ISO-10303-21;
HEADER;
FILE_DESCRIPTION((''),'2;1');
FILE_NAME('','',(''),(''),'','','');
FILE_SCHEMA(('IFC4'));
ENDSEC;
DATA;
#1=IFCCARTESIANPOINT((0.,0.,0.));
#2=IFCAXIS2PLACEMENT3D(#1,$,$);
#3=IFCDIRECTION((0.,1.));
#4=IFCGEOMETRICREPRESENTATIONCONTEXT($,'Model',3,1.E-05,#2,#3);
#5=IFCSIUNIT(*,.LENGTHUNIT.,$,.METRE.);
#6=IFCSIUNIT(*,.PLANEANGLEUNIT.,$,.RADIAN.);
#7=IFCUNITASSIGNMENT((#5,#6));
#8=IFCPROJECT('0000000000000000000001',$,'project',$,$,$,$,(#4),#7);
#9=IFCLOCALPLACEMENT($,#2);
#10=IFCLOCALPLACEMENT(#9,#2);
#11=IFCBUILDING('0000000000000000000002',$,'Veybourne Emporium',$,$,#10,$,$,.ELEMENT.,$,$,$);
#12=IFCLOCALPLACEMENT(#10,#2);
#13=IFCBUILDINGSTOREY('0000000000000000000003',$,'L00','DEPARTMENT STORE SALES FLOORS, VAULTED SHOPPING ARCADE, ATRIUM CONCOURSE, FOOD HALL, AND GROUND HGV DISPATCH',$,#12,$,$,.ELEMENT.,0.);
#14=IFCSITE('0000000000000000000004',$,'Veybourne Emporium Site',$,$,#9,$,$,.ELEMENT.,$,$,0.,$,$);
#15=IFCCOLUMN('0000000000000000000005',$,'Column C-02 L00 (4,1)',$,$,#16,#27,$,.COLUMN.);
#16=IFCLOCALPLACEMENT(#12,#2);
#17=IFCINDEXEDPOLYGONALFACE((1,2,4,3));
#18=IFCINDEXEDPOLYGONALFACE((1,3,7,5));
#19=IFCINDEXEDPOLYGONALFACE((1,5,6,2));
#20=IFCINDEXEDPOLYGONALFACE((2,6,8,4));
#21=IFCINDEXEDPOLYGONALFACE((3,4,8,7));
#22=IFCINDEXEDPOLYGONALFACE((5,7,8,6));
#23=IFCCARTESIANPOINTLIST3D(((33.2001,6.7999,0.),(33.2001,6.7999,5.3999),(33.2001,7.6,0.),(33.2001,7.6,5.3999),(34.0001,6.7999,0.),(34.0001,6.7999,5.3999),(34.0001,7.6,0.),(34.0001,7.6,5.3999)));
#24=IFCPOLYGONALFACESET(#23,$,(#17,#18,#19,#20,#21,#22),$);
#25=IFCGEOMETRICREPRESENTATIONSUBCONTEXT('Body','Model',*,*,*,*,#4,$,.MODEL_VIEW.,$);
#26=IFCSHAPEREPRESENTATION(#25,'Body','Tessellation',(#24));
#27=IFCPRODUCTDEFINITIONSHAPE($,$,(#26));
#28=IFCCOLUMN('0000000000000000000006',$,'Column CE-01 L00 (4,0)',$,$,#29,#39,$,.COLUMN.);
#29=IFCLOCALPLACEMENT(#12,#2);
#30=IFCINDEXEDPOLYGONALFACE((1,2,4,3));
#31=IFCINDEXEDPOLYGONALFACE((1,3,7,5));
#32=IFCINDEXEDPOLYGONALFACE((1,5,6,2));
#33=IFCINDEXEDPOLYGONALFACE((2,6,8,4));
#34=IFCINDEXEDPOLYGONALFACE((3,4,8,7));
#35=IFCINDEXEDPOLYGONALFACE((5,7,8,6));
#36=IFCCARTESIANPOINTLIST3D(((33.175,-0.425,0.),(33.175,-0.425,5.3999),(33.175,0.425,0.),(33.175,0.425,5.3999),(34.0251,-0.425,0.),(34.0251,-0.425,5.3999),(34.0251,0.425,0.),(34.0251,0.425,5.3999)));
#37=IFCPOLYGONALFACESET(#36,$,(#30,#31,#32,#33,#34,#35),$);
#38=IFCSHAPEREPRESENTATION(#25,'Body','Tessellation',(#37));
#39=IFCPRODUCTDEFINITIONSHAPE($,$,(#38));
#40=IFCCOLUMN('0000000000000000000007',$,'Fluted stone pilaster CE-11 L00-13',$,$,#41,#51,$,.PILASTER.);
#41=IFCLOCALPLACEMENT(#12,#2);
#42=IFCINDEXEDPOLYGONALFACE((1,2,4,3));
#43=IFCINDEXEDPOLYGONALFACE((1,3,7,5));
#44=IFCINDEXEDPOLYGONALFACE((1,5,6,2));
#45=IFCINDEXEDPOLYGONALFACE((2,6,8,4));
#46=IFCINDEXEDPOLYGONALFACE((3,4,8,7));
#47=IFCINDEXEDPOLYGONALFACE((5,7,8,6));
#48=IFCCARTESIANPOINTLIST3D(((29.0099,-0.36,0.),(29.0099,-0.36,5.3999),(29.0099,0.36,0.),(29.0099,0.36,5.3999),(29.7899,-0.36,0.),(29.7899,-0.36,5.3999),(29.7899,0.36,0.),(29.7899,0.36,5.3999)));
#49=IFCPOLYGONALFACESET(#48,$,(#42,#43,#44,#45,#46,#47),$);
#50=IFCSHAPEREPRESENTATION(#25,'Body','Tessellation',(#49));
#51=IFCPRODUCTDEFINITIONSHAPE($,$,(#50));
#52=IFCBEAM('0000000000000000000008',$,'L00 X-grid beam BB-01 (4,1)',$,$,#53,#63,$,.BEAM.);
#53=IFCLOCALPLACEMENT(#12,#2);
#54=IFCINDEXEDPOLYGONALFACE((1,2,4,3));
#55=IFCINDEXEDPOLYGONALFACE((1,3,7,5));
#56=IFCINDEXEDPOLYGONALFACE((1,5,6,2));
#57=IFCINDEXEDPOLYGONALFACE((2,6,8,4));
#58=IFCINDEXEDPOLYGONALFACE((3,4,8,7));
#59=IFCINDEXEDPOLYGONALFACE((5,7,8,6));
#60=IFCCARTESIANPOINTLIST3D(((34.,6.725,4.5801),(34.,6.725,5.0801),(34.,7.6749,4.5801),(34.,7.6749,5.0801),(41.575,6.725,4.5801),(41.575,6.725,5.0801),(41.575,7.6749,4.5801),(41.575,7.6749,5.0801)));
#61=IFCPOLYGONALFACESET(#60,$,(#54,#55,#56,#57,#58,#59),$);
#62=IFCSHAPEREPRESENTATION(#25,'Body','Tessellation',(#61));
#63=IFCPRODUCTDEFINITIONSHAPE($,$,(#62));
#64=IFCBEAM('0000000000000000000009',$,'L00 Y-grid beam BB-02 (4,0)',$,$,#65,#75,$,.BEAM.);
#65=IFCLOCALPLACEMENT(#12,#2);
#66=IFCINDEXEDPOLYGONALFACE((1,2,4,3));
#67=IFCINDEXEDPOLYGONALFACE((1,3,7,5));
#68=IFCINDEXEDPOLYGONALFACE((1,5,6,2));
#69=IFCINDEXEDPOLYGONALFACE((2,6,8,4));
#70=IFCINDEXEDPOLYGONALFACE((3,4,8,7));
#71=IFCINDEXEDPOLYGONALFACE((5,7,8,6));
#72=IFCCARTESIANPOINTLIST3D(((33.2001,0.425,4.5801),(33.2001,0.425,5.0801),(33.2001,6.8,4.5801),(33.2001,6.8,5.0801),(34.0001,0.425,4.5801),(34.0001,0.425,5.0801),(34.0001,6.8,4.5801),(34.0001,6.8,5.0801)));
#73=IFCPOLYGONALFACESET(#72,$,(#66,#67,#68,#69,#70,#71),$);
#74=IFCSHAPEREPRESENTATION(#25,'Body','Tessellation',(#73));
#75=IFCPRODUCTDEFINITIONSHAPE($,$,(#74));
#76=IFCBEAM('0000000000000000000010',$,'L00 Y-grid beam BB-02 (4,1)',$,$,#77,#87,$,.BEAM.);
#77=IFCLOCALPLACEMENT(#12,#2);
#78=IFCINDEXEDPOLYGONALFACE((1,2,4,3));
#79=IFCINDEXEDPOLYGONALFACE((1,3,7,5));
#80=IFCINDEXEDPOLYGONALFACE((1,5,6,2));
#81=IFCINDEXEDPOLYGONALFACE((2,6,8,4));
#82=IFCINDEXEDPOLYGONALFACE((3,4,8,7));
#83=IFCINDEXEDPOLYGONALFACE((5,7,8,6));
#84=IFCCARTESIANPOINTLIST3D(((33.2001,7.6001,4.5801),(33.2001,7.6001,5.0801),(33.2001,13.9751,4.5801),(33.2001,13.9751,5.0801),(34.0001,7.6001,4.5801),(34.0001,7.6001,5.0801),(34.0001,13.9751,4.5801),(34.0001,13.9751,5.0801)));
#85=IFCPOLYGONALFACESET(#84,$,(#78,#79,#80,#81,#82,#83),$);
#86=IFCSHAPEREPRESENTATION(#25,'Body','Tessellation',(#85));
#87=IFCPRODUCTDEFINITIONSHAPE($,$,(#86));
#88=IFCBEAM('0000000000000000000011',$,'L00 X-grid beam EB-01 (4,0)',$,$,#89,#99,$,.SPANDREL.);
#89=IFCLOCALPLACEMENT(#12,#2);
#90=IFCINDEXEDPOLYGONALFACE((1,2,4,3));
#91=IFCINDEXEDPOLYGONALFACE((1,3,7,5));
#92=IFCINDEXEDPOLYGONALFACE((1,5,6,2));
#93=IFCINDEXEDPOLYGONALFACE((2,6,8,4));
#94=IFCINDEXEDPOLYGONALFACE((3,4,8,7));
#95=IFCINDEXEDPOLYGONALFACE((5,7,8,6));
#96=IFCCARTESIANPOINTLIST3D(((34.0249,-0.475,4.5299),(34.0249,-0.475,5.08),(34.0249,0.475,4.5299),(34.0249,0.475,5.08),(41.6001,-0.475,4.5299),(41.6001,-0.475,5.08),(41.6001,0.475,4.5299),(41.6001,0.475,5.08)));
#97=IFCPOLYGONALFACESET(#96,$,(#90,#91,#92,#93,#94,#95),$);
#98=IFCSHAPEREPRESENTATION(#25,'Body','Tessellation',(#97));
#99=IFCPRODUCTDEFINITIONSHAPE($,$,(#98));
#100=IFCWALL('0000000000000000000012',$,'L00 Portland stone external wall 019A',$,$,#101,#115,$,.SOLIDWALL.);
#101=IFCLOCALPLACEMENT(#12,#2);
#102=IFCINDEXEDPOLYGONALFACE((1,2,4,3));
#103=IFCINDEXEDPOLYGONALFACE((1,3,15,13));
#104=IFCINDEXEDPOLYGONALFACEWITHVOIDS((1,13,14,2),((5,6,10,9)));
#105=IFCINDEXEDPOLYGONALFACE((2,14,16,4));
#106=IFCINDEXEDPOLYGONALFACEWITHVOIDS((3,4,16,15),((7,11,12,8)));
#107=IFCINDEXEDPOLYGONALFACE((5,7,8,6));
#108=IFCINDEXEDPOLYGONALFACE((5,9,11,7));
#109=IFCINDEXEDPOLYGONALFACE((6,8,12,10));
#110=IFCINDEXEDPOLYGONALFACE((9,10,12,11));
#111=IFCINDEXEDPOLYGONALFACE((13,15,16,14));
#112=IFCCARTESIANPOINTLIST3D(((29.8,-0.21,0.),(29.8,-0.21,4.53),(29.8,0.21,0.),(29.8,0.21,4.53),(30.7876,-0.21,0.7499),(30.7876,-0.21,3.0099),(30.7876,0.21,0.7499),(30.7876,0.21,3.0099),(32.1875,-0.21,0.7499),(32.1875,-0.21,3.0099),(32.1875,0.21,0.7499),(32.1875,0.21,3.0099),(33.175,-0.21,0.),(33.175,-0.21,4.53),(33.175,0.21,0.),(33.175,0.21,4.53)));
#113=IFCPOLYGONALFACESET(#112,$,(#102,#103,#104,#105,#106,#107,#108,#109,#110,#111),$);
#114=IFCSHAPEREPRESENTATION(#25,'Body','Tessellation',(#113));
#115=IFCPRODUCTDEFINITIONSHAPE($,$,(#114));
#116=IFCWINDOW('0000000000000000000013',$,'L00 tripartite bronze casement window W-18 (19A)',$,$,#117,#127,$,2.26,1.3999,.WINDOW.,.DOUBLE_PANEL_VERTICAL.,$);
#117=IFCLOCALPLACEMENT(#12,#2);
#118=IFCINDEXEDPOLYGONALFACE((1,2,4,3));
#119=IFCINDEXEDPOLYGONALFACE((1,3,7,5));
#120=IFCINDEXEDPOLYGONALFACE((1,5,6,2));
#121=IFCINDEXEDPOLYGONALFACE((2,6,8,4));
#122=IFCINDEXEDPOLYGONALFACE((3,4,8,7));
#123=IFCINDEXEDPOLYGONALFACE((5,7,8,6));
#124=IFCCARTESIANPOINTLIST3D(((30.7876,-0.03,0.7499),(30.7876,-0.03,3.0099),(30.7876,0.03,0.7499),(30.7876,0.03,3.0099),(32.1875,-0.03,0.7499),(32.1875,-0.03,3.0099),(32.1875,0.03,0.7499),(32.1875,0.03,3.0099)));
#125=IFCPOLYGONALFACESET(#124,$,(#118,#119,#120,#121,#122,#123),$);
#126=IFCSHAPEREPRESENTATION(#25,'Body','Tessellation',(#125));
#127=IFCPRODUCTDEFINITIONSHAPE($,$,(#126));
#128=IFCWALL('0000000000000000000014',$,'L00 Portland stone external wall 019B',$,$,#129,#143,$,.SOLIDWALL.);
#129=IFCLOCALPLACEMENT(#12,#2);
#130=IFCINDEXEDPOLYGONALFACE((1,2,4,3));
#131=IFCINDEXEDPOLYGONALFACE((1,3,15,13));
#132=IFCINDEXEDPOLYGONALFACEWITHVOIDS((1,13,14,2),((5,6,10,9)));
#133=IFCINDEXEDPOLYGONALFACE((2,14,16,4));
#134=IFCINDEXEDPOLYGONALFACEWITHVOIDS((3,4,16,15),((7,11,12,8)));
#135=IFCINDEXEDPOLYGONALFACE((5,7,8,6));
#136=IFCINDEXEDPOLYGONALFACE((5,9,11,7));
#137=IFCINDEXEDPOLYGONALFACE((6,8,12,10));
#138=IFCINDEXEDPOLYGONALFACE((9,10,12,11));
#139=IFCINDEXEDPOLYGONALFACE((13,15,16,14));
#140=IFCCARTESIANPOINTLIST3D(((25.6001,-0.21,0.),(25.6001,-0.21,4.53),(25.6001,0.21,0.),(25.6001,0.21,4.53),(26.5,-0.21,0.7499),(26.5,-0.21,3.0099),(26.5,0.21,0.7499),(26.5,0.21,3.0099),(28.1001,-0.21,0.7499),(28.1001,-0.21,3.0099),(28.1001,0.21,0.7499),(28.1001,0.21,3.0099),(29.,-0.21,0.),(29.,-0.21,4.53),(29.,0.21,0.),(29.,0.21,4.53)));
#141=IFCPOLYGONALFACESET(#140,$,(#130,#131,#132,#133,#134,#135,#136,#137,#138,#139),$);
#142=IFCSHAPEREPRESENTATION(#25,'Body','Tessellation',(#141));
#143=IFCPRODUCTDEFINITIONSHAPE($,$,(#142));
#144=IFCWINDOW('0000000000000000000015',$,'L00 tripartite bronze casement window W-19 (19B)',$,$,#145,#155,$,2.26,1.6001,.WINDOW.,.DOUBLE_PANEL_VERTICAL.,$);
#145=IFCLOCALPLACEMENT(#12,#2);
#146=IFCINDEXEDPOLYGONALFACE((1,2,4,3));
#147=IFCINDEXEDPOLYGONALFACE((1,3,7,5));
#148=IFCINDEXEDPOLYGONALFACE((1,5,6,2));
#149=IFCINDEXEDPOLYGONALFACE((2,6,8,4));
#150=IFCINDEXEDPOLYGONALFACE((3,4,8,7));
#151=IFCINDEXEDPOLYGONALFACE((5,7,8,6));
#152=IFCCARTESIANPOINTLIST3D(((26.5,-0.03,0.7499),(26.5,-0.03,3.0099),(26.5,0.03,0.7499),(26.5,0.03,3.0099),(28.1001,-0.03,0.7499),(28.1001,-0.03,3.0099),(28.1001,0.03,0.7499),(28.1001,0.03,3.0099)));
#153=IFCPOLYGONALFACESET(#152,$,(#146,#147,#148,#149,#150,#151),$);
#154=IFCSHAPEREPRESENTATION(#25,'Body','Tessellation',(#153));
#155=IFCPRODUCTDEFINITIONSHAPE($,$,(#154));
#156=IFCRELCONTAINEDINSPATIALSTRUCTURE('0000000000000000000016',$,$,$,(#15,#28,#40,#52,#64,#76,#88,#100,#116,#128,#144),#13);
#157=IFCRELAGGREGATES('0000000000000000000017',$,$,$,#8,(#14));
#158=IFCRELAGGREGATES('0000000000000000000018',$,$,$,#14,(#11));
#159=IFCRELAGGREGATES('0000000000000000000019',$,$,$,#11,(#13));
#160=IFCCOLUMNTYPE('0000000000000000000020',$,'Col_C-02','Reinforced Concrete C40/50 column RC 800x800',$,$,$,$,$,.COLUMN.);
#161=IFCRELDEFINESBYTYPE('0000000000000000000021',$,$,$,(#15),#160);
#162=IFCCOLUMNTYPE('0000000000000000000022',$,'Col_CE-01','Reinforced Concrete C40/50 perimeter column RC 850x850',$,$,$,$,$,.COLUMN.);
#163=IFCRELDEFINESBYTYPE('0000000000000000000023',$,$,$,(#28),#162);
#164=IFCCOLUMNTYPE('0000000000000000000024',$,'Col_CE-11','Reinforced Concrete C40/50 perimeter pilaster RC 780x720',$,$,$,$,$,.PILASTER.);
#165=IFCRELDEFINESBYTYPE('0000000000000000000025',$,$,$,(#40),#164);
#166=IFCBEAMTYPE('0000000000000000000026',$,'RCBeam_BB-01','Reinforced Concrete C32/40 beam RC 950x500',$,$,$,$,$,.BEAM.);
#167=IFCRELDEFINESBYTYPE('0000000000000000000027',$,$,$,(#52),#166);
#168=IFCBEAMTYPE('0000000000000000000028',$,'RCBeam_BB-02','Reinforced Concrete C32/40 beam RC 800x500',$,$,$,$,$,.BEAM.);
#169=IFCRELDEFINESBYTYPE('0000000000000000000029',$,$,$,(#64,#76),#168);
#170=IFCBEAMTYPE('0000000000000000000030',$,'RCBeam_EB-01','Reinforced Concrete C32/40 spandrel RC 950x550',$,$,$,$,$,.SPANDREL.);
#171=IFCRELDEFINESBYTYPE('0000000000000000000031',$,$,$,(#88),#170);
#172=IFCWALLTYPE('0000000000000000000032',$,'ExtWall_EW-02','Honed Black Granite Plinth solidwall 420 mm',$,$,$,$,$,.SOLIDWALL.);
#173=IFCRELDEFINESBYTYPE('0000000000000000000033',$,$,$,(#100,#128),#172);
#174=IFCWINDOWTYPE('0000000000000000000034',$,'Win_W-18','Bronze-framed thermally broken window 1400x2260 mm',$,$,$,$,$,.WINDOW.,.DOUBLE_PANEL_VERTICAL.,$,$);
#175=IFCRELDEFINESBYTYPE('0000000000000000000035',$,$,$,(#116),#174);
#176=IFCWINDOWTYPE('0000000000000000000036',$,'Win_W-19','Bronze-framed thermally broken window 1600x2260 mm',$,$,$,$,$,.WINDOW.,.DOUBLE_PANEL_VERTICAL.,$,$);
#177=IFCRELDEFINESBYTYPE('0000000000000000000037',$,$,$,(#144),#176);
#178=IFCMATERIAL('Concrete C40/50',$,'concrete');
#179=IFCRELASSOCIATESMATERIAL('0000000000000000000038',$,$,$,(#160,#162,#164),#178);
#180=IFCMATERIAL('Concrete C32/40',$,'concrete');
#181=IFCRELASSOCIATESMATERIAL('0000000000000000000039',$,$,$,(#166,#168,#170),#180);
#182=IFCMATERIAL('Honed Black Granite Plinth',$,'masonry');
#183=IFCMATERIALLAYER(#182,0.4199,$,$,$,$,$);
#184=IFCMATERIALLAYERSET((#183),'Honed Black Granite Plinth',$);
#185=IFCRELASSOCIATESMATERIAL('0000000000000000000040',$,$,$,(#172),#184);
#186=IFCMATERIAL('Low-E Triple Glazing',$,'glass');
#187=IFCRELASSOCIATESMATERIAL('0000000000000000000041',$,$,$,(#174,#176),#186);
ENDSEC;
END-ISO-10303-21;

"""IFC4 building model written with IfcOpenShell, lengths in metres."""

from ifc_helpers import new_model, si_unit, direction, frame, frame_2d, origin, origin_2d, place, context, subcontext, project, spatial, rectangle, extrude, material, layer, layer_set, material_profile, profile_set, type_object, element, fill, save


model = new_model("IFC4")

# Units and contexts
model_context = context("Model", 3, precision=1e-05, world=origin(), true_north=direction((0.0, 1.0)))
body_context = subcontext(model_context, "Body", "Model", "MODEL_VIEW")
ifc_project = project(units=[si_unit("LENGTHUNIT", "METRE"), si_unit("PLANEANGLEUNIT", "RADIAN")], contexts=[model_context])

# Site, building, storey
site_placement = place(None, origin())
site = spatial("IfcSite", under=ifc_project, at=site_placement, Name="Veybourne Emporium Site", CompositionType="ELEMENT", RefElevation=0.0)
building_placement = place(site_placement, origin())
building = spatial("IfcBuilding", under=site, at=building_placement, Name="Veybourne Emporium", CompositionType="ELEMENT")
storey_placement = place(building_placement, origin())
storey = spatial("IfcBuildingStorey", under=building, at=storey_placement, Name="L00", Description="DEPARTMENT STORE SALES FLOORS, VAULTED SHOPPING ARCADE, ATRIUM CONCOURSE, FOOD HALL, AND GROUND HGV DISPATCH", CompositionType="ELEMENT", Elevation=0.0)

# Columns
ifc_material_1 = material(Name="Concrete C40/50", Category="concrete")
ifc_material_profile_1 = material_profile(ifc_material_1, rectangle(XDim=0.8, YDim=0.8, at=origin_2d()), Name="RC 800x800")
ifc_profile_set_1 = profile_set([ifc_material_profile_1], Name="Concrete C40/50")
column_type_1 = type_object("IfcColumnType", Name="Col_C-02", Description="Reinforced Concrete C40/50 column RC 800x800", PredefinedType="COLUMN", material=ifc_profile_set_1)
column_1_placement = place(storey_placement, frame((33.6001, 7.2, 0.0), z_axis=(0.0, 0.0, 1.0), x_axis=(1.0, 0.0, 0.0)))
element("IfcColumn", 1, at=column_1_placement, inside=storey, type_object=column_type_1, Name="Column C-02 L00 (4,1)", PredefinedType="COLUMN", context=body_context, shape_type="SweptSolid", body=[
    extrude(rectangle(XDim=0.8, YDim=0.8, at=origin_2d()), origin(), (0.0, 0.0, 1.0), 5.3999),
])
ifc_material_profile_2 = material_profile(ifc_material_1, rectangle(XDim=0.8501, YDim=0.8501, at=origin_2d()), Name="RC 850x850")
ifc_profile_set_2 = profile_set([ifc_material_profile_2], Name="Concrete C40/50")
column_type_2 = type_object("IfcColumnType", Name="Col_CE-01", Description="Reinforced Concrete C40/50 perimeter column RC 850x850", PredefinedType="COLUMN", material=ifc_profile_set_2)
column_2_placement = place(storey_placement, frame((33.6001, 0.0, 0.0), z_axis=(0.0, 0.0, 1.0), x_axis=(1.0, 0.0, 0.0)))
element("IfcColumn", 2, at=column_2_placement, inside=storey, type_object=column_type_2, Name="Column CE-01 L00 (4,0)", PredefinedType="COLUMN", context=body_context, shape_type="SweptSolid", body=[
    extrude(rectangle(XDim=0.8501, YDim=0.8501, at=origin_2d()), origin(), (0.0, 0.0, 1.0), 5.3999),
])
ifc_material_profile_3 = material_profile(ifc_material_1, rectangle(XDim=0.78, YDim=0.72, at=origin_2d()), Name="RC 780x720")
ifc_profile_set_3 = profile_set([ifc_material_profile_3], Name="Concrete C40/50")
column_type_3 = type_object("IfcColumnType", Name="Col_CE-11", Description="Reinforced Concrete C40/50 perimeter pilaster RC 780x720", PredefinedType="PILASTER", material=ifc_profile_set_3)
column_3_placement = place(storey_placement, frame((29.3999, 0.0, 0.0), z_axis=(0.0, 0.0, 1.0), x_axis=(1.0, 0.0, 0.0)))
element("IfcColumn", 3, at=column_3_placement, inside=storey, type_object=column_type_3, Name="Fluted stone pilaster CE-11 L00-13", PredefinedType="PILASTER", context=body_context, shape_type="SweptSolid", body=[
    extrude(rectangle(XDim=0.78, YDim=0.72, at=origin_2d()), origin(), (0.0, 0.0, 1.0), 5.3999),
])

# Beams
ifc_material_2 = material(Name="Concrete C32/40", Category="concrete")
ifc_material_profile_4 = material_profile(ifc_material_2, rectangle(XDim=0.95, YDim=0.5, at=origin_2d()), Name="RC 950x500")
ifc_profile_set_4 = profile_set([ifc_material_profile_4], Name="Concrete C32/40")
beam_type_1 = type_object("IfcBeamType", Name="RCBeam_BB-01", Description="Reinforced Concrete C32/40 beam RC 950x500", PredefinedType="BEAM", material=ifc_profile_set_4)
beam_1_placement = place(storey_placement, frame((34.0, 7.2, 4.8301), z_axis=(1.0, 0.0, 0.0), x_axis=(0.0, 1.0, 0.0)))
element("IfcBeam", 4, at=beam_1_placement, inside=storey, type_object=beam_type_1, Name="L00 X-grid beam BB-01 (4,1)", PredefinedType="BEAM", context=body_context, shape_type="SweptSolid", body=[
    extrude(rectangle(XDim=0.95, YDim=0.5, at=origin_2d()), origin(), (0.0, 0.0, 1.0), 7.575),
])
ifc_material_profile_5 = material_profile(ifc_material_2, rectangle(XDim=0.8, YDim=0.5, at=origin_2d()), Name="RC 800x500")
ifc_profile_set_5 = profile_set([ifc_material_profile_5], Name="Concrete C32/40")
beam_type_2 = type_object("IfcBeamType", Name="RCBeam_BB-02", Description="Reinforced Concrete C32/40 beam RC 800x500", PredefinedType="BEAM", material=ifc_profile_set_5)
for number, where, z_axis, x_axis, name in (
    (5, (33.6001, 0.425, 4.8301), (0.0, 1.0, 0.0), (-1.0, 0.0, 0.0), "L00 Y-grid beam BB-02 (4,0)"),
    (6, (33.6001, 7.6001, 4.8301), (0.0, 1.0, 0.0), (-1.0, 0.0, 0.0), "L00 Y-grid beam BB-02 (4,1)"),
):
    element("IfcBeam", number, at=place(storey_placement, frame(where, z_axis=z_axis, x_axis=x_axis)), inside=storey, type_object=beam_type_2, Name=name, PredefinedType="BEAM", context=body_context, shape_type="SweptSolid", body=[
        extrude(rectangle(XDim=0.8, YDim=0.5, at=origin_2d()), origin(), (0.0, 0.0, 1.0), 6.375),
    ])
ifc_material_profile_6 = material_profile(ifc_material_2, rectangle(XDim=0.95, YDim=0.55, at=origin_2d()), Name="RC 950x550")
ifc_profile_set_6 = profile_set([ifc_material_profile_6], Name="Concrete C32/40")
beam_type_3 = type_object("IfcBeamType", Name="RCBeam_EB-01", Description="Reinforced Concrete C32/40 spandrel RC 950x550", PredefinedType="SPANDREL", material=ifc_profile_set_6)
beam_2_placement = place(storey_placement, frame((34.0249, 0.0, 4.8049), z_axis=(1.0, 0.0, 0.0), x_axis=(0.0, 1.0, 0.0)))
element("IfcBeam", 7, at=beam_2_placement, inside=storey, type_object=beam_type_3, Name="L00 X-grid beam EB-01 (4,0)", PredefinedType="SPANDREL", context=body_context, shape_type="SweptSolid", body=[
    extrude(rectangle(XDim=0.95, YDim=0.55, at=origin_2d()), origin(), (0.0, 0.0, 1.0), 7.5752),
])

# Walls, openings, windows
ifc_material_3 = material(Name="Honed Black Granite Plinth", Category="masonry")
ifc_layer_1 = layer(ifc_material_3, 0.4199)
ifc_layer_set_1 = layer_set([ifc_layer_1], Name="Honed Black Granite Plinth")
wall_type_1 = type_object("IfcWallType", Name="ExtWall_EW-02", Description="Honed Black Granite Plinth solidwall 420 mm", PredefinedType="SOLIDWALL", material=ifc_layer_set_1)
wall_1_placement = place(storey_placement, frame((33.175, 0.0, 0.0), z_axis=(0.0, 0.0, 1.0), x_axis=(-1.0, 0.0, 0.0)))
wall_1 = element("IfcWall", 8, at=wall_1_placement, inside=storey, type_object=wall_type_1, Name="L00 Portland stone external wall 019A", PredefinedType="SOLIDWALL", context=body_context, shape_type="SweptSolid", body=[
    extrude(rectangle(XDim=3.375, YDim=0.4199, at=frame_2d((1.6875, 0.0))), origin(), (0.0, 0.0, 1.0), 4.53),
])
opening_1_placement = place(wall_1_placement, frame((0.9875, 0.0, 0.75)))
opening_1 = element("IfcOpeningElement", 9, at=opening_1_placement, cuts=wall_1, PredefinedType="OPENING", context=body_context, shape_type="SweptSolid", body=[
    extrude(rectangle(XDim=1.3999, YDim=2.26, at=frame_2d((0.7, 1.1299))), frame((0.0, 0.23, 0.0), z_axis=(0.0, -1.0, 0.0), x_axis=(1.0, 0.0, 0.0)), (0.0, 0.0, 1.0), 0.46),
])
ifc_material_4 = material(Name="Low-E Triple Glazing", Category="glass")
window_type_1 = type_object("IfcWindowType", Name="Win_W-18", Description="Bronze-framed thermally broken window 1400x2260 mm", PartitioningType="DOUBLE_PANEL_VERTICAL", PredefinedType="WINDOW", material=ifc_material_4)
window_1_placement = place(opening_1_placement, origin())
window_1 = element("IfcWindow", 10, at=window_1_placement, inside=storey, type_object=window_type_1, Name="L00 tripartite bronze casement window W-18 (19A)", OverallHeight=2.26, OverallWidth=1.3999, PartitioningType="DOUBLE_PANEL_VERTICAL", PredefinedType="WINDOW", context=body_context, shape_type="SweptSolid", body=[
    extrude(rectangle(XDim=1.3999, YDim=2.26, at=frame_2d((0.7, 1.1299))), frame((0.0, 0.03, 0.0), z_axis=(0.0, -1.0, 0.0), x_axis=(1.0, 0.0, 0.0)), (0.0, 0.0, 1.0), 0.0601),
])
fill(opening_1, window_1)
wall_2_placement = place(storey_placement, frame((29.0, 0.0, 0.0), z_axis=(0.0, 0.0, 1.0), x_axis=(-1.0, 0.0, 0.0)))
wall_2 = element("IfcWall", 11, at=wall_2_placement, inside=storey, type_object=wall_type_1, Name="L00 Portland stone external wall 019B", PredefinedType="SOLIDWALL", context=body_context, shape_type="SweptSolid", body=[
    extrude(rectangle(XDim=3.3999, YDim=0.4199, at=frame_2d((1.7, 0.0))), origin(), (0.0, 0.0, 1.0), 4.53),
])
opening_2_placement = place(wall_2_placement, frame((0.8999, 0.0, 0.75)))
opening_2 = element("IfcOpeningElement", 12, at=opening_2_placement, cuts=wall_2, PredefinedType="OPENING", context=body_context, shape_type="SweptSolid", body=[
    extrude(rectangle(XDim=1.6001, YDim=2.26, at=frame_2d((0.8, 1.1299))), frame((0.0, 0.23, 0.0), z_axis=(0.0, -1.0, 0.0), x_axis=(1.0, 0.0, 0.0)), (0.0, 0.0, 1.0), 0.46),
])
window_type_2 = type_object("IfcWindowType", Name="Win_W-19", Description="Bronze-framed thermally broken window 1600x2260 mm", PartitioningType="DOUBLE_PANEL_VERTICAL", PredefinedType="WINDOW", material=ifc_material_4)
window_2_placement = place(opening_2_placement, origin())
window_2 = element("IfcWindow", 13, at=window_2_placement, inside=storey, type_object=window_type_2, Name="L00 tripartite bronze casement window W-19 (19B)", OverallHeight=2.26, OverallWidth=1.6001, PartitioningType="DOUBLE_PANEL_VERTICAL", PredefinedType="WINDOW", context=body_context, shape_type="SweptSolid", body=[
    extrude(rectangle(XDim=1.6001, YDim=2.26, at=frame_2d((0.8, 1.1299))), frame((0.0, 0.03, 0.0), z_axis=(0.0, -1.0, 0.0), x_axis=(1.0, 0.0, 0.0)), (0.0, 0.0, 1.0), 0.0601),
])
fill(opening_2, window_2)

save(model, "model.ifc")
